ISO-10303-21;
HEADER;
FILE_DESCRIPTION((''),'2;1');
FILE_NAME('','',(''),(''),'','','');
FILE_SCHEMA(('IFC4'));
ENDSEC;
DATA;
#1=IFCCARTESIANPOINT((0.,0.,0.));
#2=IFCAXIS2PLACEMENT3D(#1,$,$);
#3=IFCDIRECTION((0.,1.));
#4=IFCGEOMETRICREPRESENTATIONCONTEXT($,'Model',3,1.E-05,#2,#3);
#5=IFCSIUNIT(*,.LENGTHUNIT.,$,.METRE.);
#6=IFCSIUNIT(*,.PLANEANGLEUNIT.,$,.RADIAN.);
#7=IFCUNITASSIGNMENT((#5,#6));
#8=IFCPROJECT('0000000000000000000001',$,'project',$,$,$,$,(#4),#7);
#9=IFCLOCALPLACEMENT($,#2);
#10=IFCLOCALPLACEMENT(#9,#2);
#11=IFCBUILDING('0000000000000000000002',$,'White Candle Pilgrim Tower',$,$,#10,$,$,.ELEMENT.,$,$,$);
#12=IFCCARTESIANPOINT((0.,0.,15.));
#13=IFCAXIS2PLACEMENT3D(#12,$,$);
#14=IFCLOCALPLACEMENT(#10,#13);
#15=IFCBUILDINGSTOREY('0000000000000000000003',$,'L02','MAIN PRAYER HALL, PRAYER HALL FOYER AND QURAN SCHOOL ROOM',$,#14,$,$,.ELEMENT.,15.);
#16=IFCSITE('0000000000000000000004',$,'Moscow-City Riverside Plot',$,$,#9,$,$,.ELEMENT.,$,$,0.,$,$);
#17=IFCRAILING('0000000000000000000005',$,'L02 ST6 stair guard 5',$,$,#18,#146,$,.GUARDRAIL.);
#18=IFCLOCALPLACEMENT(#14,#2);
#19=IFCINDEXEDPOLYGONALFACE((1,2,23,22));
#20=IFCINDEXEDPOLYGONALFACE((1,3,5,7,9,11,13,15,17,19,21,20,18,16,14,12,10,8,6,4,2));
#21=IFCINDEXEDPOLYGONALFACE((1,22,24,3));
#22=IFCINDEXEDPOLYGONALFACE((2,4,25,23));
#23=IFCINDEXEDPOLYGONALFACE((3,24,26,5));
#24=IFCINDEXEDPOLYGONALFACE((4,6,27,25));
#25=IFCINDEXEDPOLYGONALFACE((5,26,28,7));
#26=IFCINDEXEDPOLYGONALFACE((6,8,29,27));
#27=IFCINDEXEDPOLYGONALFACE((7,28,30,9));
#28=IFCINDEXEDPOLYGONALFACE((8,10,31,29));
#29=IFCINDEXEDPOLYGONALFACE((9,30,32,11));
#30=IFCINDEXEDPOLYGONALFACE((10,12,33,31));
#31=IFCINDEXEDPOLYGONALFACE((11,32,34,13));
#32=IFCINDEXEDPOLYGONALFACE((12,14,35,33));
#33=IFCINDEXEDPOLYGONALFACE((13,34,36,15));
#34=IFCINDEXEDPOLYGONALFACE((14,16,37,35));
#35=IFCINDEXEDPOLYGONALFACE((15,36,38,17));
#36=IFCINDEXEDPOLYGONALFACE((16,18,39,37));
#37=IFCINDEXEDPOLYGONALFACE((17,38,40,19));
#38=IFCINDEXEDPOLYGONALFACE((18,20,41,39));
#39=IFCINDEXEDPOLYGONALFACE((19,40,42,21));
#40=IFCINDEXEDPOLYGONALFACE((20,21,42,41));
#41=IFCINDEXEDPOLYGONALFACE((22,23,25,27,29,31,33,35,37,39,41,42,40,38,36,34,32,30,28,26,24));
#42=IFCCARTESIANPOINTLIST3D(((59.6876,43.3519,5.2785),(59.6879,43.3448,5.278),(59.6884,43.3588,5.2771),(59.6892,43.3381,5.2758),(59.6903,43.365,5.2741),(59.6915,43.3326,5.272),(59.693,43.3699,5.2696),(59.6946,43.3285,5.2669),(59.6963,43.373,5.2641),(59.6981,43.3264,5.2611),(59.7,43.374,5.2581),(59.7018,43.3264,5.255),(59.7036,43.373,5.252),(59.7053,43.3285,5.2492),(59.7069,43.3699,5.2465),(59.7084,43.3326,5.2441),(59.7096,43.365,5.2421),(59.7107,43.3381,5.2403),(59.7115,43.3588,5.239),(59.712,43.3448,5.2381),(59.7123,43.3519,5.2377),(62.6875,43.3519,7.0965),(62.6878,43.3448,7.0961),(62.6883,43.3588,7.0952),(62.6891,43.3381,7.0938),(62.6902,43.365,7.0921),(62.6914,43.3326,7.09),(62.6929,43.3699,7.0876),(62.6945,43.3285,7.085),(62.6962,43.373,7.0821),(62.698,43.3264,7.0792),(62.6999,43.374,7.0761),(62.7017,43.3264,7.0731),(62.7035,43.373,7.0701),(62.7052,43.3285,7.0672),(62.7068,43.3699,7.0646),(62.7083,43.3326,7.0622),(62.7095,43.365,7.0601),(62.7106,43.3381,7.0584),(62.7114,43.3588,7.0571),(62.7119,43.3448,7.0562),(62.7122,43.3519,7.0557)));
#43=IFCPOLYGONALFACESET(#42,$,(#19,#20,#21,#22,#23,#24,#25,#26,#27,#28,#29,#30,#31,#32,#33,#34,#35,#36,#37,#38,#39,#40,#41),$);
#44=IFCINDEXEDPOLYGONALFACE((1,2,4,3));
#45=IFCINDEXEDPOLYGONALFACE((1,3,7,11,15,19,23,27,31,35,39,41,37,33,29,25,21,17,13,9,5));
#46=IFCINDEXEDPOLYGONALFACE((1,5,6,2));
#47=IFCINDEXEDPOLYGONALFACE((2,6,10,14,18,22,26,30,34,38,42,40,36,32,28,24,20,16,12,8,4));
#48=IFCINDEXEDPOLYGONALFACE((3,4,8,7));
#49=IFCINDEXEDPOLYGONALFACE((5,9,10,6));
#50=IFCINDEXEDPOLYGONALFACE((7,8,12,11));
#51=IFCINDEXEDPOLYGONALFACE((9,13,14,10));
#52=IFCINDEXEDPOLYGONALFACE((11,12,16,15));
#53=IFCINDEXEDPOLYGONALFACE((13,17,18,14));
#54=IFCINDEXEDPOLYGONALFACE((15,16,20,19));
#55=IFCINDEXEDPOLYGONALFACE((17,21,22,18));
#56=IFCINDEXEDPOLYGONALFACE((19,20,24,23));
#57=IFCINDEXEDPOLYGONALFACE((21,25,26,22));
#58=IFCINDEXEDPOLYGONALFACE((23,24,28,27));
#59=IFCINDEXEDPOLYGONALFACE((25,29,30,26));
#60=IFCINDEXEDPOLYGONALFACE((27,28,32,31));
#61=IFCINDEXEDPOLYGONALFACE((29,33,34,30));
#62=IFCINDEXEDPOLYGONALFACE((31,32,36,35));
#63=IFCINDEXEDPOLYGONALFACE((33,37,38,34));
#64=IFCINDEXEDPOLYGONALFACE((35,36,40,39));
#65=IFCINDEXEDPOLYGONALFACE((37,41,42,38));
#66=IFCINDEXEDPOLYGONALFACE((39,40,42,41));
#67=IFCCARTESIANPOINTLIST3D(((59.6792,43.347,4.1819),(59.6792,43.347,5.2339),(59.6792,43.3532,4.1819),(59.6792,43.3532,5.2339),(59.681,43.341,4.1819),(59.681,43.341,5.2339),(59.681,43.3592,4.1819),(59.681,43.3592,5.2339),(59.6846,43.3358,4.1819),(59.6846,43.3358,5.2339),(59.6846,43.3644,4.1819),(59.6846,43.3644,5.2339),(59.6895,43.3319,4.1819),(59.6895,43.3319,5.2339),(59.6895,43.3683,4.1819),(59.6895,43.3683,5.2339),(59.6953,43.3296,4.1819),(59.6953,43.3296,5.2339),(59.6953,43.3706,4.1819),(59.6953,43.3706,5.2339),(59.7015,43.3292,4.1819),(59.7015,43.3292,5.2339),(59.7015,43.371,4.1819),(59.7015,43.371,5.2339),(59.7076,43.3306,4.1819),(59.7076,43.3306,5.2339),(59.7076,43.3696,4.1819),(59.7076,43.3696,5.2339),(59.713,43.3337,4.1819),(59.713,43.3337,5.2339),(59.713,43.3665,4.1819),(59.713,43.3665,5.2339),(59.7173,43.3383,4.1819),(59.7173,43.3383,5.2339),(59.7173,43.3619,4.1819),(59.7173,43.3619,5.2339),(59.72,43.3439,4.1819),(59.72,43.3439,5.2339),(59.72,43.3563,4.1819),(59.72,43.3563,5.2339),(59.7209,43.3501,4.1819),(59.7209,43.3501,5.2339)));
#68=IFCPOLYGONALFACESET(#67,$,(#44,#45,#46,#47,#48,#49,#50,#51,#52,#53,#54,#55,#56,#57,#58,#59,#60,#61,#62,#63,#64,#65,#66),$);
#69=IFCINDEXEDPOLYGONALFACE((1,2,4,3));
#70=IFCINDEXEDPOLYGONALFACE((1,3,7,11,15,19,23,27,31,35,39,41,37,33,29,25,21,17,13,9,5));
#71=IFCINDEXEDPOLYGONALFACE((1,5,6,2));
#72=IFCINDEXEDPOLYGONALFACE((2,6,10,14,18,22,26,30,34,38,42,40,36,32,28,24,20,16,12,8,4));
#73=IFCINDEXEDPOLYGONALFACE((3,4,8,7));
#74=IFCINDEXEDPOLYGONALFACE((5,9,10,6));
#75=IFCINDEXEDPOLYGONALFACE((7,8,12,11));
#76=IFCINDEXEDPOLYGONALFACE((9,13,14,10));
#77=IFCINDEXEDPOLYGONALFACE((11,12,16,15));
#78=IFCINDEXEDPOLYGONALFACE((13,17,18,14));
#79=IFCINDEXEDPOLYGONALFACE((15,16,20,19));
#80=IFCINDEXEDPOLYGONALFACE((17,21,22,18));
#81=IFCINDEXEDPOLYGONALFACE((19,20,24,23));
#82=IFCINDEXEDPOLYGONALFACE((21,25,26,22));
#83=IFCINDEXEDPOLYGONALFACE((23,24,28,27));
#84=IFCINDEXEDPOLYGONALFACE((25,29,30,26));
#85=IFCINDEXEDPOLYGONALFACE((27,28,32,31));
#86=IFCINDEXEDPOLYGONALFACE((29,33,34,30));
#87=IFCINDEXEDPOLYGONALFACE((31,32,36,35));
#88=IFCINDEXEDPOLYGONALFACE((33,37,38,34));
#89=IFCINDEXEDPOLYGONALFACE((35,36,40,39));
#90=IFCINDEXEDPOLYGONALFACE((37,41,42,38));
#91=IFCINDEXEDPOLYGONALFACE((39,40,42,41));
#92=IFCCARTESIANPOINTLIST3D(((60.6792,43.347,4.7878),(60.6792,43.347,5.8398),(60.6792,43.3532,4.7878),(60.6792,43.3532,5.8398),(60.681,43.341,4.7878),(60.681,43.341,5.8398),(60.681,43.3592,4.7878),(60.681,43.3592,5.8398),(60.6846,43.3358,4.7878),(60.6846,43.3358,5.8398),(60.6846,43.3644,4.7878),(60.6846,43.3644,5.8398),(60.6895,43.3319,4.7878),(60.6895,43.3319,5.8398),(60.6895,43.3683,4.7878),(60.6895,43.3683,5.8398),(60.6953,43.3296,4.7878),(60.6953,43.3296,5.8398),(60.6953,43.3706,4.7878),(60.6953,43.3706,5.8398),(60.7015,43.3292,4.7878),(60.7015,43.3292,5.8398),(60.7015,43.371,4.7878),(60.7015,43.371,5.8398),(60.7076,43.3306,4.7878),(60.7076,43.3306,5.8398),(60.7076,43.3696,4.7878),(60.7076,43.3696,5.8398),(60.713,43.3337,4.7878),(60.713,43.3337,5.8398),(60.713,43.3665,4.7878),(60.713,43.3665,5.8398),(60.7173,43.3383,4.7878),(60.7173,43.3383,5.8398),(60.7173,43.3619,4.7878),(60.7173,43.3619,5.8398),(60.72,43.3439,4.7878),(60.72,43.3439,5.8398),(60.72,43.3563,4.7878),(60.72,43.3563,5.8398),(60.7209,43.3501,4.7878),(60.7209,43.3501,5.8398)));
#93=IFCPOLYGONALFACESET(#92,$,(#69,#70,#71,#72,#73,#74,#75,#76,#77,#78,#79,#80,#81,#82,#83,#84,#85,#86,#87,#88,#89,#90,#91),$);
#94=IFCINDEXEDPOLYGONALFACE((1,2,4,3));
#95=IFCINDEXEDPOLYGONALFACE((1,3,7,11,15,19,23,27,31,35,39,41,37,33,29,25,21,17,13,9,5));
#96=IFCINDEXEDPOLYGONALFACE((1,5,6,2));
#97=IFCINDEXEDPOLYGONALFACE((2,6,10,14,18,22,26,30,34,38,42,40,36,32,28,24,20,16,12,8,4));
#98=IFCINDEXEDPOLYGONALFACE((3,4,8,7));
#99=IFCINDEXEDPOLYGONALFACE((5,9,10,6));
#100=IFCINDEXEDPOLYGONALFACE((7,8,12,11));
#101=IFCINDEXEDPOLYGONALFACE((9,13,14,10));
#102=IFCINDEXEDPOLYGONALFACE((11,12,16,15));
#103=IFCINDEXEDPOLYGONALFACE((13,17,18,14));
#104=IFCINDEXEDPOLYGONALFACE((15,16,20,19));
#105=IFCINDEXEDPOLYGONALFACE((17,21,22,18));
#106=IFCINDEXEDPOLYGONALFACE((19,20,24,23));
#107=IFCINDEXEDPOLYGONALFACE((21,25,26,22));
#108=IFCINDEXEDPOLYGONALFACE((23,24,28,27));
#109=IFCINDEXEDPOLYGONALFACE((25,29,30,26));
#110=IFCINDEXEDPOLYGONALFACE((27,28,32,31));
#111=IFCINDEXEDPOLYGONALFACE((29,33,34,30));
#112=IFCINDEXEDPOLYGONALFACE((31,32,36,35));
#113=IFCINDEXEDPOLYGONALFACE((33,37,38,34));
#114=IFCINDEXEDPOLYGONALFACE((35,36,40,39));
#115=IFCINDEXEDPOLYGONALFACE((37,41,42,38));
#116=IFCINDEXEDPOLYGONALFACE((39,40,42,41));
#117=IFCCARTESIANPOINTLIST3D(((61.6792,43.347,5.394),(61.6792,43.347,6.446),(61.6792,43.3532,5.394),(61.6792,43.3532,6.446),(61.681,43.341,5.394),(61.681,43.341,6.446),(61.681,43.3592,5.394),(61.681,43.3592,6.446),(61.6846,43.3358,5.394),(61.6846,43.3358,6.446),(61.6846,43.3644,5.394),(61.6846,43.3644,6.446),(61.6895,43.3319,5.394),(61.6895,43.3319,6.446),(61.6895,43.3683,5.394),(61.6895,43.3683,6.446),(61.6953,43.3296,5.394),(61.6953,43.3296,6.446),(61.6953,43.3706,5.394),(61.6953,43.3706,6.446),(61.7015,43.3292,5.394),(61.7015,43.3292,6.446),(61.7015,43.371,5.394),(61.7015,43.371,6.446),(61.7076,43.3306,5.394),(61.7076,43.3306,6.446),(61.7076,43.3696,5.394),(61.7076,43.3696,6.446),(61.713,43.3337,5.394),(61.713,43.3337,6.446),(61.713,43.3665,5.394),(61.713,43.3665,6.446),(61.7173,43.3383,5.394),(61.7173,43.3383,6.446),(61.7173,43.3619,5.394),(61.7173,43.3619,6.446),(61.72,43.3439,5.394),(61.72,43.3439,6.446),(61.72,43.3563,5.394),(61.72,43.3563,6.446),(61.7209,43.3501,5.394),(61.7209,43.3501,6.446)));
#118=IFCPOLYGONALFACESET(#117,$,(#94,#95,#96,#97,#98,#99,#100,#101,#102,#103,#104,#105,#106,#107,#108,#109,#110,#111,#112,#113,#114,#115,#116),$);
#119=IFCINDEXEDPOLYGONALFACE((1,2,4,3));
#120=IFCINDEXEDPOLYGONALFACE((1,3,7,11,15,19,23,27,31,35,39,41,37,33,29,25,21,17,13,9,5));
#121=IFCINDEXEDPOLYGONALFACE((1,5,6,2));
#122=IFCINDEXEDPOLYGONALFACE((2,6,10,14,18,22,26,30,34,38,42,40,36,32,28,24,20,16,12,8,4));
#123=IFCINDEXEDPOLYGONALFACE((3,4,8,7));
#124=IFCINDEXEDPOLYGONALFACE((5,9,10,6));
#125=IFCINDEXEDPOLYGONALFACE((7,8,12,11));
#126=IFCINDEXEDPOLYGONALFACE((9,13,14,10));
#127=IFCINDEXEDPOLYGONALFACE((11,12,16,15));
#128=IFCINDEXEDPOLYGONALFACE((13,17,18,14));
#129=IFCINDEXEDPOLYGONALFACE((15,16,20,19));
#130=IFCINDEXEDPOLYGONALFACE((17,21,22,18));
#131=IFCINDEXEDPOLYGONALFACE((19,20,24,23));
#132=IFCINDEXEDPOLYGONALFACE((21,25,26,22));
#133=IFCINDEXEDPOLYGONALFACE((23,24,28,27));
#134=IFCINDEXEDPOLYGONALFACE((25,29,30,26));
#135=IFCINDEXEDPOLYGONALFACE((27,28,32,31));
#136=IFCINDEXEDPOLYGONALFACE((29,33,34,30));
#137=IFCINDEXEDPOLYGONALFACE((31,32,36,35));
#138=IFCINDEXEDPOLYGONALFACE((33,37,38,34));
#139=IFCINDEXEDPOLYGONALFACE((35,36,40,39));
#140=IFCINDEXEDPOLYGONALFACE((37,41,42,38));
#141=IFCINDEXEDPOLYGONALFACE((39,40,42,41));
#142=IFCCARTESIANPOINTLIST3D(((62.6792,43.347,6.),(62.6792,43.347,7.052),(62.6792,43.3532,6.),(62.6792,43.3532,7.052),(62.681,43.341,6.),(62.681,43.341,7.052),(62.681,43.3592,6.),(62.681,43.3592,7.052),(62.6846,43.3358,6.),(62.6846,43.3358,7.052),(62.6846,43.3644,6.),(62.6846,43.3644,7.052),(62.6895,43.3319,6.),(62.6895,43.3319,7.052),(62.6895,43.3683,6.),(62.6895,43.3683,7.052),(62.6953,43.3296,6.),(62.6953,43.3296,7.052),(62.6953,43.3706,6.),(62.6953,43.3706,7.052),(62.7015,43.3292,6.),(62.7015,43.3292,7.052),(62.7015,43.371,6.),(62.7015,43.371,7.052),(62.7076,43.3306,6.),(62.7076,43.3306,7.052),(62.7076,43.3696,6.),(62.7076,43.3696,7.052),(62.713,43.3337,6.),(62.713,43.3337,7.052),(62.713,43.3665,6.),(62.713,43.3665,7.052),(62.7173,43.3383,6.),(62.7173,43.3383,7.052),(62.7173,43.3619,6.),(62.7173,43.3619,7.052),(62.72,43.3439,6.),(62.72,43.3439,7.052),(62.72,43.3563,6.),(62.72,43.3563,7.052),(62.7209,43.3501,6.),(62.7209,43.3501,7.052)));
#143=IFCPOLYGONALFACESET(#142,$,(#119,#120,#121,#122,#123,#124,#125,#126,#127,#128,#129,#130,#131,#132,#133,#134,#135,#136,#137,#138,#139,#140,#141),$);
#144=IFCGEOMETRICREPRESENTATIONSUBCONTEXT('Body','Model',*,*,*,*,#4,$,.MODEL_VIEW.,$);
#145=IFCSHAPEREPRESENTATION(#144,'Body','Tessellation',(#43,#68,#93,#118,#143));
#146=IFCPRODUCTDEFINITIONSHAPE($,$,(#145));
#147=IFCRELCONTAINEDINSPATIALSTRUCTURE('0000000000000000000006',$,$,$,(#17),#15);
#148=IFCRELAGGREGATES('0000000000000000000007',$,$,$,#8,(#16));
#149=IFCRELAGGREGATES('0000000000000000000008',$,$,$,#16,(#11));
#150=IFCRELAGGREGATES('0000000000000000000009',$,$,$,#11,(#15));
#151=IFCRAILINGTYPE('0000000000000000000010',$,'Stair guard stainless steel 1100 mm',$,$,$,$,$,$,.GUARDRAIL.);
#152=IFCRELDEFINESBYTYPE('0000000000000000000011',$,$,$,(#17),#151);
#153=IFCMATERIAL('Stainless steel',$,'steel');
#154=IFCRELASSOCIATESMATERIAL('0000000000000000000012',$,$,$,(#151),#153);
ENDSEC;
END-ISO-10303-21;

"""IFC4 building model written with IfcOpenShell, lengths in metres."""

from ifc_helpers import new_model, si_unit, direction, frame, origin, origin_2d, place, context, subcontext, project, spatial, circle, extrude, material, type_object, element, save


model = new_model("IFC4")

# Units and contexts
model_context = context("Model", 3, precision=1e-05, world=origin(), true_north=direction((0.0, 1.0)))
body_context = subcontext(model_context, "Body", "Model", "MODEL_VIEW")
ifc_project = project(units=[si_unit("LENGTHUNIT", "METRE"), si_unit("PLANEANGLEUNIT", "RADIAN")], contexts=[model_context])

# Site, building, storey
site_placement = place(None, origin())
site = spatial("IfcSite", under=ifc_project, at=site_placement, Name="Moscow-City Riverside Plot", CompositionType="ELEMENT", RefElevation=0.0)
building_placement = place(site_placement, origin())
building = spatial("IfcBuilding", under=site, at=building_placement, Name="White Candle Pilgrim Tower", CompositionType="ELEMENT")
storey_placement = place(building_placement, frame((0.0, 0.0, 15.0)))
storey = spatial("IfcBuildingStorey", under=building, at=storey_placement, Name="L02", Description="MAIN PRAYER HALL, PRAYER HALL FOYER AND QURAN SCHOOL ROOM", CompositionType="ELEMENT", Elevation=15.0)

# Railing
ifc_material_1 = material(Name="Stainless steel", Category="steel")
railing_type_1 = type_object("IfcRailingType", Name="Stair guard stainless steel 1100 mm", PredefinedType="GUARDRAIL", material=ifc_material_1)
railing_1_placement = place(storey_placement, frame((59.7, 43.3501, 4.1819)))
element("IfcRailing", 1, at=railing_1_placement, inside=storey, type_object=railing_type_1, Name="L02 ST6 stair guard 5", PredefinedType="GUARDRAIL", context=body_context, shape_type="SweptSolid", body=[
    extrude(circle(Radius=0.0239, at=origin_2d()), frame((0.0, 0.0, 1.0762), z_axis=(0.855206, 0.0, 0.518288), x_axis=(0.0, 1.0, 0.0)), (0.0, 0.0, 1.0), 3.5078),
    extrude(circle(Radius=0.021, at=origin_2d()), origin(), (0.0, 0.0, 1.0), 1.052),
    extrude(circle(Radius=0.021, at=origin_2d()), frame((1.0, 0.0, 0.606)), (0.0, 0.0, 1.0), 1.052),
    extrude(circle(Radius=0.021, at=origin_2d()), frame((2.0, 0.0, 1.2122)), (0.0, 0.0, 1.0), 1.052),
    extrude(circle(Radius=0.021, at=origin_2d()), frame((3.0, 0.0, 1.8181)), (0.0, 0.0, 1.0), 1.052),
])

save(model, "model.ifc")
